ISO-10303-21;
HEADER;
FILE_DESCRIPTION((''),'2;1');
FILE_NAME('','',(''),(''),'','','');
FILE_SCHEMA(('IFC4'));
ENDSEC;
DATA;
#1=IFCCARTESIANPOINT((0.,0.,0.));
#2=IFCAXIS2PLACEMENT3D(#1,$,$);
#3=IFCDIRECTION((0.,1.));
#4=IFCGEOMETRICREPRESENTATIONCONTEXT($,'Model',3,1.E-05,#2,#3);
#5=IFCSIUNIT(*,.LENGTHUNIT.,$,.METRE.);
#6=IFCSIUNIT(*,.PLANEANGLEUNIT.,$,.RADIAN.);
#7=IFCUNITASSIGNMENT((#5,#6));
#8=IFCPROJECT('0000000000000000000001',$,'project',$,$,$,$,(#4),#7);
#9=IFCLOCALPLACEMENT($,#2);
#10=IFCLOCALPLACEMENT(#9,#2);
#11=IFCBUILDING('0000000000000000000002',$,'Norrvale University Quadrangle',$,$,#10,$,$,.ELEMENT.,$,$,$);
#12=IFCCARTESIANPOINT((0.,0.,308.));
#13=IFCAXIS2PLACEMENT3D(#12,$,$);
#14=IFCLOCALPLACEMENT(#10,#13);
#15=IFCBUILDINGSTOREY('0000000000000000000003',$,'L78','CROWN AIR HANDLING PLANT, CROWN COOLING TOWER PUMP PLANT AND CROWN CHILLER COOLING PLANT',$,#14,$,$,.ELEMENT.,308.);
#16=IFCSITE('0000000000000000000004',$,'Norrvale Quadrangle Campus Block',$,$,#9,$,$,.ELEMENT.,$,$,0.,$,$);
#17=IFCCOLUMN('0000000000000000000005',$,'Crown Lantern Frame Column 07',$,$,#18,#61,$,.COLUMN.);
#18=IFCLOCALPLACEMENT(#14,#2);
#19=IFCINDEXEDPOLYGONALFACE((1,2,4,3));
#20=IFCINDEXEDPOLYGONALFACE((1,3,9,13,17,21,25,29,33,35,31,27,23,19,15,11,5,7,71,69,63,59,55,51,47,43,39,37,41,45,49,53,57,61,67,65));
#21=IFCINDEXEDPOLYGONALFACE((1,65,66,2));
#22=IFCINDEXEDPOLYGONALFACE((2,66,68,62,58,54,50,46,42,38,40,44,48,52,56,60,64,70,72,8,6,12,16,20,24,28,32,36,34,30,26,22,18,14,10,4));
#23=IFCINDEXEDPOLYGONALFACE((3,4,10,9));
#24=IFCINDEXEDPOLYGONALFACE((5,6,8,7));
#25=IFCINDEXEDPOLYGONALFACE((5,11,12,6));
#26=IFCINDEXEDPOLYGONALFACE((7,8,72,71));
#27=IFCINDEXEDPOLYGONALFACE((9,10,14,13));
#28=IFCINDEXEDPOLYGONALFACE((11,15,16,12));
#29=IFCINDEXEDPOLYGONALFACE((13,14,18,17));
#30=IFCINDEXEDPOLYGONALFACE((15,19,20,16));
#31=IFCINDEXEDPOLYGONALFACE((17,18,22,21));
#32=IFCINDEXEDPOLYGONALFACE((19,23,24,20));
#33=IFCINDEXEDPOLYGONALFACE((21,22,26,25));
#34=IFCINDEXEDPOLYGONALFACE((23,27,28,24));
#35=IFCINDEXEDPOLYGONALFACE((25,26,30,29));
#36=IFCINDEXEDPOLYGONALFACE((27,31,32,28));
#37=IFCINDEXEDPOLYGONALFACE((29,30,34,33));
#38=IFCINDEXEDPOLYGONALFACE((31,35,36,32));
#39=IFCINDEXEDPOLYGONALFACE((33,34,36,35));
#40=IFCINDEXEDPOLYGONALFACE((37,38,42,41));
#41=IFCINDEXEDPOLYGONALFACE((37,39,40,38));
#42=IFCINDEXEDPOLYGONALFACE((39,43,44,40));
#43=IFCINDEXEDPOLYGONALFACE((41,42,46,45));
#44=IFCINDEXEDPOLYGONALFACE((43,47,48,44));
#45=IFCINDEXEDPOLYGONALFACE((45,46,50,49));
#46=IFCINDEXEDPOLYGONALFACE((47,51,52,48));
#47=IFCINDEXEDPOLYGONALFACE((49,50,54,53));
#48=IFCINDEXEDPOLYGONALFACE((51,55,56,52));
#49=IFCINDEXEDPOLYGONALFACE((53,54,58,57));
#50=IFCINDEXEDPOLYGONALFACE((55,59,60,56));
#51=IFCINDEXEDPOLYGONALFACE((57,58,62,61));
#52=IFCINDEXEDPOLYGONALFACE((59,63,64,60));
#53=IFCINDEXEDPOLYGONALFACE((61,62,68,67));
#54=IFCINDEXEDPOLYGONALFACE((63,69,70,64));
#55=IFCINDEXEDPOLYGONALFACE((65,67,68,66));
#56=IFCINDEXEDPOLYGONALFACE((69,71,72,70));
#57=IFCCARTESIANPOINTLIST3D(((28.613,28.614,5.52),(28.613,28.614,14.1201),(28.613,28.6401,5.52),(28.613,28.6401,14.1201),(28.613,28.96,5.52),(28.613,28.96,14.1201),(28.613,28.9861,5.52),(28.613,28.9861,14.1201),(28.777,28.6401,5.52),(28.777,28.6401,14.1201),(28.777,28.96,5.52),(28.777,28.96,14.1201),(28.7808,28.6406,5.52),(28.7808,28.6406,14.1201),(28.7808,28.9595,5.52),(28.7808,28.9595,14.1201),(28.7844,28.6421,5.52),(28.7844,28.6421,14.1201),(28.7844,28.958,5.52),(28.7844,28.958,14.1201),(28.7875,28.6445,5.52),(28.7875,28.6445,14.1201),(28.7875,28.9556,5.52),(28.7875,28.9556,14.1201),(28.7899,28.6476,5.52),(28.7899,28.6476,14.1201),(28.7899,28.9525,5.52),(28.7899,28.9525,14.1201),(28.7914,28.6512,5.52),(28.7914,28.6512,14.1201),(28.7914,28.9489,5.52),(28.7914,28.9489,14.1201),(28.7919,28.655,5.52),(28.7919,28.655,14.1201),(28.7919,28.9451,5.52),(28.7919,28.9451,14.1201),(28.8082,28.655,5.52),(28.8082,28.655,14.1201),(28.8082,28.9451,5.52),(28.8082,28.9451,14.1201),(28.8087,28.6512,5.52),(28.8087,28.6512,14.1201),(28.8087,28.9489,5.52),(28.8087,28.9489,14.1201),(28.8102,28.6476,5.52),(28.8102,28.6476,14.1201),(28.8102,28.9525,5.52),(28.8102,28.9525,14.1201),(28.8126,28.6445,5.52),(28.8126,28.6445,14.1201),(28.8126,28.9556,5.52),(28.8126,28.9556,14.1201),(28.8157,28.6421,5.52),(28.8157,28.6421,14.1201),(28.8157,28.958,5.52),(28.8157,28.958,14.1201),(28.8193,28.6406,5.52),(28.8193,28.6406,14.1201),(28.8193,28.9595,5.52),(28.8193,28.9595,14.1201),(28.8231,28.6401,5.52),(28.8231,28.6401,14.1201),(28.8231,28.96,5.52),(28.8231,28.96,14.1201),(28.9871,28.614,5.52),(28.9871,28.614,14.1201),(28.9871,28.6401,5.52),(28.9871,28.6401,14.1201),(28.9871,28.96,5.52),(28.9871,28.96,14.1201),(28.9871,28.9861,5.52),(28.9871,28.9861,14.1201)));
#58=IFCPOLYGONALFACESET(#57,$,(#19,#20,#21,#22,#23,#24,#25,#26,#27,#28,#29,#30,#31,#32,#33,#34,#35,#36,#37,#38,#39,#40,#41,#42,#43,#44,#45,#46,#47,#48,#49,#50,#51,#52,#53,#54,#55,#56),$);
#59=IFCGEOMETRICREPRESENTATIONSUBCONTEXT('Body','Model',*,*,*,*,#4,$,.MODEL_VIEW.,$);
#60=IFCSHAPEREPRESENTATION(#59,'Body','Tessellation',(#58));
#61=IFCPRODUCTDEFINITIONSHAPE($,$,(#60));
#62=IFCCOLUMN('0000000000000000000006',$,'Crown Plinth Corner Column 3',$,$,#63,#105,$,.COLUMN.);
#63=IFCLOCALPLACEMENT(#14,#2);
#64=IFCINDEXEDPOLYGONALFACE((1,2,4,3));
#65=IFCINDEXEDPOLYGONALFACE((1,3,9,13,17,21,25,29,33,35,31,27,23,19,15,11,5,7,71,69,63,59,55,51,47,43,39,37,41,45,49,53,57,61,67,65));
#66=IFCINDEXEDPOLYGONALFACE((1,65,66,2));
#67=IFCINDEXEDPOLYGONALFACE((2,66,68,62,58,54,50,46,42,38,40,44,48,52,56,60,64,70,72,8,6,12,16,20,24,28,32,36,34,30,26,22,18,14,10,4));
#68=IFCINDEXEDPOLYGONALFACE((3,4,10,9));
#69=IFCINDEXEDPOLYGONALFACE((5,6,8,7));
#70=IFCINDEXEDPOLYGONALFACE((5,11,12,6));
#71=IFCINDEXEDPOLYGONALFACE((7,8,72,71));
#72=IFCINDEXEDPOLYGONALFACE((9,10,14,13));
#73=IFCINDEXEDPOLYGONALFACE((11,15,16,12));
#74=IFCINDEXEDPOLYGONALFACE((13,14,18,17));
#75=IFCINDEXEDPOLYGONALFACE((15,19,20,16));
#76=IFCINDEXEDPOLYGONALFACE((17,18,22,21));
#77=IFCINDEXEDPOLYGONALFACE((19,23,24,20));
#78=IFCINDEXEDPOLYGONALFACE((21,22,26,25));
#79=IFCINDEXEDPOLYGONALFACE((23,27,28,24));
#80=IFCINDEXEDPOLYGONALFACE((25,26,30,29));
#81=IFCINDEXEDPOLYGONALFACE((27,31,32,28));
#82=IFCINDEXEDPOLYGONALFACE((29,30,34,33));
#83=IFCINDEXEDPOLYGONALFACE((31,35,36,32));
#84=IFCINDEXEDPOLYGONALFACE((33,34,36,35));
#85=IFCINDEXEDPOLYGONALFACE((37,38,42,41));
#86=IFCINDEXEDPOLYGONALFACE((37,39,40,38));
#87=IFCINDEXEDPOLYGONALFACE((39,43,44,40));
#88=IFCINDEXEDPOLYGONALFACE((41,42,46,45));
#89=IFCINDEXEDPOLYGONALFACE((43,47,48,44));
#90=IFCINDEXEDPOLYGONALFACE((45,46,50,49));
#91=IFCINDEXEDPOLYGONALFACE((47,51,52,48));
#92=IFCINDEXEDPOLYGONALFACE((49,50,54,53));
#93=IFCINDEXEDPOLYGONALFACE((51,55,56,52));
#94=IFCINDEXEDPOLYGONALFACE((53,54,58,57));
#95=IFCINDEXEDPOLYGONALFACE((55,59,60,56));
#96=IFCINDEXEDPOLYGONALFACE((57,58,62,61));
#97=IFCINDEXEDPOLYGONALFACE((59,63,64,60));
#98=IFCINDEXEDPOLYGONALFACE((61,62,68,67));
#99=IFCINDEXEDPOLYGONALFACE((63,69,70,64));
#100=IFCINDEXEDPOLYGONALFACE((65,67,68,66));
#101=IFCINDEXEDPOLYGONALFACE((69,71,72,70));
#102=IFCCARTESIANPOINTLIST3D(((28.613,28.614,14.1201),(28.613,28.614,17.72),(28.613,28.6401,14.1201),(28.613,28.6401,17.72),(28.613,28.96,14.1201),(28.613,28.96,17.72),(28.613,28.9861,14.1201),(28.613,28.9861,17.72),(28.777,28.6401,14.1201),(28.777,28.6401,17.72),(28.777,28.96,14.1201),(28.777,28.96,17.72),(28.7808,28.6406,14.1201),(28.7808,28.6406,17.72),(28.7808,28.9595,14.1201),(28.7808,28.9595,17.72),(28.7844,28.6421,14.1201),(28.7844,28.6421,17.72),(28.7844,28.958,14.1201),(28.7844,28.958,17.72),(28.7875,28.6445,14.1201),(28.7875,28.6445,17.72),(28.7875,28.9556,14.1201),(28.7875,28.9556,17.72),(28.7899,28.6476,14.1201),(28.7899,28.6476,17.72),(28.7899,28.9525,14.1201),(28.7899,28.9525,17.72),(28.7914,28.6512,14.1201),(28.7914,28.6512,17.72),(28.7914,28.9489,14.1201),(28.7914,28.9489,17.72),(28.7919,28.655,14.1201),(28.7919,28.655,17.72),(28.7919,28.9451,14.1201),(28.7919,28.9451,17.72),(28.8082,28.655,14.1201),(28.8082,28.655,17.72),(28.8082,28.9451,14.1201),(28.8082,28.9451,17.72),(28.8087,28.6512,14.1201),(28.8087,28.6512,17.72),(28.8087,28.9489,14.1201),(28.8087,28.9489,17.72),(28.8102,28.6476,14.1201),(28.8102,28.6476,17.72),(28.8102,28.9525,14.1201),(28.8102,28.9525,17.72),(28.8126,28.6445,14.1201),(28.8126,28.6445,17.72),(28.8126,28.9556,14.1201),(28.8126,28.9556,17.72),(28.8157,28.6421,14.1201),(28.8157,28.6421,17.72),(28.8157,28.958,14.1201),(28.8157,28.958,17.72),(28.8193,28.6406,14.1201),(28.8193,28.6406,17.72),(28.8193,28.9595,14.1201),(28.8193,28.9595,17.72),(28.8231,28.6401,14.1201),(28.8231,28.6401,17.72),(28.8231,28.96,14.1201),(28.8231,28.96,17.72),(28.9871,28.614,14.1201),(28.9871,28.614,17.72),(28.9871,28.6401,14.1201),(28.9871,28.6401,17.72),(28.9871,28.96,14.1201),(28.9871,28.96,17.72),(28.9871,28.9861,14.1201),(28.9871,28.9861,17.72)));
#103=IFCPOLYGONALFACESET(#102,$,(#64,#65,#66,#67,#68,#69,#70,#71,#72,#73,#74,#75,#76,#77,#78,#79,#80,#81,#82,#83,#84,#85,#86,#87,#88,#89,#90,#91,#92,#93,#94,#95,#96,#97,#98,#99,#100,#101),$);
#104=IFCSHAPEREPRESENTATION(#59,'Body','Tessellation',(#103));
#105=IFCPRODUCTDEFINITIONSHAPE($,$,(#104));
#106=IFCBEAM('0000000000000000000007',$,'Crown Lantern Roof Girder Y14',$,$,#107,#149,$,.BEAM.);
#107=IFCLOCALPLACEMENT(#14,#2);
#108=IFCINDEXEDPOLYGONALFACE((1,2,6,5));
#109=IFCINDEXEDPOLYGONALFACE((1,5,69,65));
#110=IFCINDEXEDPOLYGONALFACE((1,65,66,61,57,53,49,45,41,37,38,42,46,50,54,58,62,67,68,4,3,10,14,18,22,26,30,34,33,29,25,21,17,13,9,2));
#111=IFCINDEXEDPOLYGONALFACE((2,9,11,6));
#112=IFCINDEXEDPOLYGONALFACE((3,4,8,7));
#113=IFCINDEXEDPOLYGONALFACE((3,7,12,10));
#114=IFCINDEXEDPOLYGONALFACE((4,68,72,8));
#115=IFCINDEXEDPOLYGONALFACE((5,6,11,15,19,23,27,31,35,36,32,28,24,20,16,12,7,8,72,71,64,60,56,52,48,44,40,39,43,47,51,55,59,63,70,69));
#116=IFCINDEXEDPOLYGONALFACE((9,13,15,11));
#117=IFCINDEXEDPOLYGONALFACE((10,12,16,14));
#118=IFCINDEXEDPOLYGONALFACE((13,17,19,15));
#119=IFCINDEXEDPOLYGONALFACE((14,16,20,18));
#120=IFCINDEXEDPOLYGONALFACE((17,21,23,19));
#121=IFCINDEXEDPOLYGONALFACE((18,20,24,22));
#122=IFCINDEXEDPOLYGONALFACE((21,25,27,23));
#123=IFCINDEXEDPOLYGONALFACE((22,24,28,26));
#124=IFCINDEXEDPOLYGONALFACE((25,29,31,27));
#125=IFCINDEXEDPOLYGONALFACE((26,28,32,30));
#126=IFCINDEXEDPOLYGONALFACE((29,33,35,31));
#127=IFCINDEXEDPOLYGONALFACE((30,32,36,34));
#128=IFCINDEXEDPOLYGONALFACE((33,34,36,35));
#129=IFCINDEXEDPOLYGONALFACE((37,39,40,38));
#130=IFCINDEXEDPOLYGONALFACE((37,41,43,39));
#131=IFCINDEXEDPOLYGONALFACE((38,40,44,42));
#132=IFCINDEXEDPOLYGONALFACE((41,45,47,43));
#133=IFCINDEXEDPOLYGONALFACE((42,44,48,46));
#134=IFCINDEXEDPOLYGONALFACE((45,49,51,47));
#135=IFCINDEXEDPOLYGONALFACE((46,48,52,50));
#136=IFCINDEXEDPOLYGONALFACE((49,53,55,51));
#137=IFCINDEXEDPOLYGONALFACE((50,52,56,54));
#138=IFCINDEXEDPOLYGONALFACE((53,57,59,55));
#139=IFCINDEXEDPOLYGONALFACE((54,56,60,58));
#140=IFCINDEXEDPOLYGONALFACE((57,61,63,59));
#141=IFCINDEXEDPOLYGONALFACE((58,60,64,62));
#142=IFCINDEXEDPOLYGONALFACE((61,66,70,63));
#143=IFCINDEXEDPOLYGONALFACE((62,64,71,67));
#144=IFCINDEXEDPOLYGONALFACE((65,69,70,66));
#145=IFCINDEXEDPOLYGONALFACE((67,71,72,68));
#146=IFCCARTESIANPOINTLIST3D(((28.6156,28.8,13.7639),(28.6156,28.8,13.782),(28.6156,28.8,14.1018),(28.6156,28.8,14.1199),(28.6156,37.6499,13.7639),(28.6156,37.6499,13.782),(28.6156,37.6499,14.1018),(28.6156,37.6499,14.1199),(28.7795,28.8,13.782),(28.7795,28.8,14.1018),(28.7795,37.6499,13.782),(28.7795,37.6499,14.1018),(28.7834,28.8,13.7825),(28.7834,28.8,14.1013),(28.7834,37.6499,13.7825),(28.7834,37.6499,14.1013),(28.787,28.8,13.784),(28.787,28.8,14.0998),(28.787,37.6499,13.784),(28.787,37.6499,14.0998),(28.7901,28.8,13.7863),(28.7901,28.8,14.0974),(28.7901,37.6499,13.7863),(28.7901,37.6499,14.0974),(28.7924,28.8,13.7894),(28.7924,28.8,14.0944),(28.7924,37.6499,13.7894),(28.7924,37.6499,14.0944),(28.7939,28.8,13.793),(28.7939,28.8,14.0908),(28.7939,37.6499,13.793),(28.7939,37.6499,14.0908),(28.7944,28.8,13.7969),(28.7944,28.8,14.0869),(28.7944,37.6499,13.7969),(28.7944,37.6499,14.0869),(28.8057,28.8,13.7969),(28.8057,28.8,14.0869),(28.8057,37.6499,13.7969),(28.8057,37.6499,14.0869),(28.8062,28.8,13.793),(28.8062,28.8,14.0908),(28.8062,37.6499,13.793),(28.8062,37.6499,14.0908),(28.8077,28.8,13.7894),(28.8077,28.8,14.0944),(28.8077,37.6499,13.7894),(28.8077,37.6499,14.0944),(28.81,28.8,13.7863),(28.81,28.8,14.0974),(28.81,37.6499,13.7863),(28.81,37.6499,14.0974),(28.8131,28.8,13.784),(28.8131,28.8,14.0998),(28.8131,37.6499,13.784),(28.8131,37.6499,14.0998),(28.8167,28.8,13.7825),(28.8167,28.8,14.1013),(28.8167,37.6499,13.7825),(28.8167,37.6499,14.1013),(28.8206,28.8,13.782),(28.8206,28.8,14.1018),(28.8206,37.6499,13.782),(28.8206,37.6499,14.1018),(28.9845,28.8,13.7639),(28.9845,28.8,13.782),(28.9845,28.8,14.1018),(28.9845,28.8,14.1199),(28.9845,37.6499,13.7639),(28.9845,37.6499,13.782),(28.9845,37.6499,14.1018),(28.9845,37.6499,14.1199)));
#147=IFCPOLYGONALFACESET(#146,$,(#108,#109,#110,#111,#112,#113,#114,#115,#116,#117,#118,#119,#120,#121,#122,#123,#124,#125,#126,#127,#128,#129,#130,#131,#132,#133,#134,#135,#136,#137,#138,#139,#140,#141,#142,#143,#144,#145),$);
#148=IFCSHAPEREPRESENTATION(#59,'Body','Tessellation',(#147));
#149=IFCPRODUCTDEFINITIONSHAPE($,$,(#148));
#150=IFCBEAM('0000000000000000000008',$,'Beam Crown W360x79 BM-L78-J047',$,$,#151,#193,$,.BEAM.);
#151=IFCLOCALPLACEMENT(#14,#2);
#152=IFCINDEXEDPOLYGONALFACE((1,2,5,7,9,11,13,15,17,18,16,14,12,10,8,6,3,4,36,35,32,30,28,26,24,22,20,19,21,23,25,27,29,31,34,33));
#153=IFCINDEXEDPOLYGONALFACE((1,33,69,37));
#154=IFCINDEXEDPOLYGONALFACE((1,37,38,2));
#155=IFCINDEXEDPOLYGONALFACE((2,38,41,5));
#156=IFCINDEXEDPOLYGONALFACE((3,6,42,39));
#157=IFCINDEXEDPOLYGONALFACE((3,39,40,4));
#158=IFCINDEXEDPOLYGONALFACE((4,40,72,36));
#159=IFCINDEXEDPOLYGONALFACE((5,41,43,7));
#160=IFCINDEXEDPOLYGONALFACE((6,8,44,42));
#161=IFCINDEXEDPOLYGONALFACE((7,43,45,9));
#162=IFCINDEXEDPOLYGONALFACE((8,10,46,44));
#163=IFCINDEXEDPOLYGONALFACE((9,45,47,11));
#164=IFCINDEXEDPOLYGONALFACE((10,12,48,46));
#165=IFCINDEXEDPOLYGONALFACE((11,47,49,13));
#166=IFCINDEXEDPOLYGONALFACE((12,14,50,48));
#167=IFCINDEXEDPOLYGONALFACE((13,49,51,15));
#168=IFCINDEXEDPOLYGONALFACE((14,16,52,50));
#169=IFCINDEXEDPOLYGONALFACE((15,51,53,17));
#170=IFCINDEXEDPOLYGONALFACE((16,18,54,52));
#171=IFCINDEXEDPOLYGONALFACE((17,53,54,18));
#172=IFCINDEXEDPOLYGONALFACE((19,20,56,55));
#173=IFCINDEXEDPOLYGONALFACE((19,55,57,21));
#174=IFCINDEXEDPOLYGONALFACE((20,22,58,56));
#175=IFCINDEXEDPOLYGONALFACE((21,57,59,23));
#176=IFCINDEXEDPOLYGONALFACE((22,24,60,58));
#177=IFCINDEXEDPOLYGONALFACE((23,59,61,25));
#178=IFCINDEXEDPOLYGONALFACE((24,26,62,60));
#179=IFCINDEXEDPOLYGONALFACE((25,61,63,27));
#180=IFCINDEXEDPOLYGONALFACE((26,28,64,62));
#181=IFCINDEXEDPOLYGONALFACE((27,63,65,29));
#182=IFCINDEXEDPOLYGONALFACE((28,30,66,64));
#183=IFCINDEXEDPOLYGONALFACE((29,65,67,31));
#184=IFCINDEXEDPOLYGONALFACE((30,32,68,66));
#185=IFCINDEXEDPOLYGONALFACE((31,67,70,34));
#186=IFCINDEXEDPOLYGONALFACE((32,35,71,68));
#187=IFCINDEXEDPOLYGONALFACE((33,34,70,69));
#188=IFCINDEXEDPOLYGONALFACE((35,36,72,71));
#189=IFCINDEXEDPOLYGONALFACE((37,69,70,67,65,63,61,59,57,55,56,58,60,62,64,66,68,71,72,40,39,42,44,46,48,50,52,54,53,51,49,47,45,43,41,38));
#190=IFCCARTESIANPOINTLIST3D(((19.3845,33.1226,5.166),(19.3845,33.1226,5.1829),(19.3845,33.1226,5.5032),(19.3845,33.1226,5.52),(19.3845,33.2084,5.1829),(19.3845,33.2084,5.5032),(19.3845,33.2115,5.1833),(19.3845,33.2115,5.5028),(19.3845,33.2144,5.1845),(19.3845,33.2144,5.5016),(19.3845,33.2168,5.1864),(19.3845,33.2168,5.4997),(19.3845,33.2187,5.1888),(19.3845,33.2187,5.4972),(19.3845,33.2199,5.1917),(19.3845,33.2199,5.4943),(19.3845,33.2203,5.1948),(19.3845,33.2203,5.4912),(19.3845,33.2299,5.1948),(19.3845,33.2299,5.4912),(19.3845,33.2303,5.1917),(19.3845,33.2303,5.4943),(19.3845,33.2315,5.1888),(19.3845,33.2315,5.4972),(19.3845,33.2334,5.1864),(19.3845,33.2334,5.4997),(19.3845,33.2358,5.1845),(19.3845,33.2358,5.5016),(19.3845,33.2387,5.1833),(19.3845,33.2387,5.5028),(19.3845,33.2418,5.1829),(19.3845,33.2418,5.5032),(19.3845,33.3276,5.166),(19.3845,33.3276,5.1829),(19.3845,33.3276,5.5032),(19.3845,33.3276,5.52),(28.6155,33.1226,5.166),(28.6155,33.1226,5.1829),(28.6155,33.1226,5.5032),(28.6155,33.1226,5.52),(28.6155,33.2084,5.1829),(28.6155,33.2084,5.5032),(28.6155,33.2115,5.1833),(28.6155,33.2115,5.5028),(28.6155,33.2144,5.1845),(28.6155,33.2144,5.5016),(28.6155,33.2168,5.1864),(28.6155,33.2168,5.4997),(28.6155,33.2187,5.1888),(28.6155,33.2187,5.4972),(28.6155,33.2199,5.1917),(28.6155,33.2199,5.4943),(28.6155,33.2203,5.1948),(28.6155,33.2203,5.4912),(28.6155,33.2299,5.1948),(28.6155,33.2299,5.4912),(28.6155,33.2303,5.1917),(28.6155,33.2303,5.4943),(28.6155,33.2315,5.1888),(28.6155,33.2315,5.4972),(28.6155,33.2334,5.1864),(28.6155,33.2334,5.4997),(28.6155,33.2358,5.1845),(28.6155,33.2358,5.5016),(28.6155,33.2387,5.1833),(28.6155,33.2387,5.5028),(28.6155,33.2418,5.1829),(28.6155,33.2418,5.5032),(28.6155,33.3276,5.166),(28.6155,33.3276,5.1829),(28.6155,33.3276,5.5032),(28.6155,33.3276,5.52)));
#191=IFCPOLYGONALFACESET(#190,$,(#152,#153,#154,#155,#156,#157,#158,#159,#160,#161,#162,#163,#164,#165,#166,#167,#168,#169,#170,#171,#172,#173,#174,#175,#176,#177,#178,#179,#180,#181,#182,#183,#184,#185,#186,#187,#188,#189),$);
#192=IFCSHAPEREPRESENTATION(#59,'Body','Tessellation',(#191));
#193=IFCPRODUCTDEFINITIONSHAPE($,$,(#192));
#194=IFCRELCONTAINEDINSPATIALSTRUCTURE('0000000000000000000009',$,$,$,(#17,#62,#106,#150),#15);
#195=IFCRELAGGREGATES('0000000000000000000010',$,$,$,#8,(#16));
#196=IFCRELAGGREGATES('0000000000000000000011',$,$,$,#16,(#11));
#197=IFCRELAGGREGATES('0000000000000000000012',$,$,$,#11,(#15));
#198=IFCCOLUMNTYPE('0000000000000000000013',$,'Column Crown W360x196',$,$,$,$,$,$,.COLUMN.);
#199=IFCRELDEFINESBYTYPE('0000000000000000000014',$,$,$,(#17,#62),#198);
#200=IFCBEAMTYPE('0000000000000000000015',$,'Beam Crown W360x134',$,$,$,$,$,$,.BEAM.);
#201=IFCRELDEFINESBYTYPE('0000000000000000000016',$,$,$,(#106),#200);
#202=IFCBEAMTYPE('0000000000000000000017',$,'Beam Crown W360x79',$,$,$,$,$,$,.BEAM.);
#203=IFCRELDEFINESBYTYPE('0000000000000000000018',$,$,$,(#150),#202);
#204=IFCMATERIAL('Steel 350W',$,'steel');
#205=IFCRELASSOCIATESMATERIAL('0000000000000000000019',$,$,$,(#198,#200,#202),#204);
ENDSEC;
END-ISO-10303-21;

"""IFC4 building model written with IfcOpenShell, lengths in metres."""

from ifc_helpers import new_model, si_unit, direction, frame, origin, origin_2d, place, context, subcontext, project, spatial, i_section, extrude, material, material_profile, profile_set, type_object, element, save


model = new_model("IFC4")

# Units and contexts
model_context = context("Model", 3, precision=1e-05, world=origin(), true_north=direction((0.0, 1.0)))
body_context = subcontext(model_context, "Body", "Model", "MODEL_VIEW")
ifc_project = project(units=[si_unit("LENGTHUNIT", "METRE"), si_unit("PLANEANGLEUNIT", "RADIAN")], contexts=[model_context])

# Site, building, storey
site_placement = place(None, origin())
site = spatial("IfcSite", under=ifc_project, at=site_placement, Name="Norrvale Quadrangle Campus Block", CompositionType="ELEMENT", RefElevation=0.0)
building_placement = place(site_placement, origin())
building = spatial("IfcBuilding", under=site, at=building_placement, Name="Norrvale University Quadrangle", CompositionType="ELEMENT")
storey_placement = place(building_placement, frame((0.0, 0.0, 308.0)))
storey = spatial("IfcBuildingStorey", under=building, at=storey_placement, Name="L78", Description="CROWN AIR HANDLING PLANT, CROWN COOLING TOWER PUMP PLANT AND CROWN CHILLER COOLING PLANT", CompositionType="ELEMENT", Elevation=308.0)

# Columns
ifc_material_1 = material(Name="Steel 350W", Category="steel")
ifc_material_profile_1 = material_profile(ifc_material_1, i_section(OverallWidth=0.374, OverallDepth=0.3721, WebThickness=0.0164, FlangeThickness=0.0261, FilletRadius=0.0149, at=origin_2d()), Name="Steel 350W")
ifc_profile_set_1 = profile_set([ifc_material_profile_1], Name="Steel 350W")
column_type = type_object("IfcColumnType", Name="Column Crown W360x196", PredefinedType="COLUMN", material=ifc_profile_set_1)
column_1_placement = place(storey_placement, frame((28.8, 28.8, 5.52), z_axis=(0.0, 0.0, 1.0), x_axis=(1.0, 0.0, 0.0)))
element("IfcColumn", 1, at=column_1_placement, inside=storey, type_object=column_type, Name="Crown Lantern Frame Column 07", PredefinedType="COLUMN", context=body_context, shape_type="SweptSolid", body=[
    extrude(i_section(OverallWidth=0.374, OverallDepth=0.3721, WebThickness=0.0164, FlangeThickness=0.0261, FilletRadius=0.0149, at=origin_2d()), origin(), (0.0, 0.0, 1.0), 8.6001),
])
column_2_placement = place(storey_placement, frame((28.8, 28.8, 14.1201), z_axis=(0.0, 0.0, 1.0), x_axis=(1.0, 0.0, 0.0)))
element("IfcColumn", 2, at=column_2_placement, inside=storey, type_object=column_type, Name="Crown Plinth Corner Column 3", PredefinedType="COLUMN", context=body_context, shape_type="SweptSolid", body=[
    extrude(i_section(OverallWidth=0.374, OverallDepth=0.3721, WebThickness=0.0164, FlangeThickness=0.0261, FilletRadius=0.0149, at=origin_2d()), origin(), (0.0, 0.0, 1.0), 3.5999),
])

# Beams
ifc_material_profile_2 = material_profile(ifc_material_1, i_section(OverallWidth=0.3689, OverallDepth=0.356, WebThickness=0.0112, FlangeThickness=0.0181, FilletRadius=0.0149, at=origin_2d()), Name="Steel 350W")
ifc_profile_set_2 = profile_set([ifc_material_profile_2], Name="Steel 350W")
beam_type_1 = type_object("IfcBeamType", Name="Beam Crown W360x134", PredefinedType="BEAM", material=ifc_profile_set_2)
beam_1_placement = place(storey_placement, frame((28.8, 28.8, 13.9419), z_axis=(0.0, 1.0, 0.0), x_axis=(-1.0, 0.0, 0.0)))
element("IfcBeam", 3, at=beam_1_placement, inside=storey, type_object=beam_type_1, Name="Crown Lantern Roof Girder Y14", PredefinedType="BEAM", context=body_context, shape_type="SweptSolid", body=[
    extrude(i_section(OverallWidth=0.3689, OverallDepth=0.356, WebThickness=0.0112, FlangeThickness=0.0181, FilletRadius=0.0149, at=origin_2d()), origin(), (0.0, 0.0, 1.0), 8.8499),
])
ifc_material_profile_3 = material_profile(ifc_material_1, i_section(OverallWidth=0.2051, OverallDepth=0.354, WebThickness=0.0095, FlangeThickness=0.0168, FilletRadius=0.012, at=origin_2d()), Name="Steel 350W")
ifc_profile_set_3 = profile_set([ifc_material_profile_3], Name="Steel 350W")
beam_type_2 = type_object("IfcBeamType", Name="Beam Crown W360x79", PredefinedType="BEAM", material=ifc_profile_set_3)
beam_2_placement = place(storey_placement, frame((19.3845, 33.2251, 5.343), z_axis=(1.0, 0.0, 0.0), x_axis=(0.0, 1.0, 0.0)))
element("IfcBeam", 4, at=beam_2_placement, inside=storey, type_object=beam_type_2, Name="Beam Crown W360x79 BM-L78-J047", PredefinedType="BEAM", context=body_context, shape_type="SweptSolid", body=[
    extrude(i_section(OverallWidth=0.2051, OverallDepth=0.354, WebThickness=0.0095, FlangeThickness=0.0168, FilletRadius=0.012, at=origin_2d()), origin(), (0.0, 0.0, 1.0), 9.231),
])

save(model, "model.ifc")
